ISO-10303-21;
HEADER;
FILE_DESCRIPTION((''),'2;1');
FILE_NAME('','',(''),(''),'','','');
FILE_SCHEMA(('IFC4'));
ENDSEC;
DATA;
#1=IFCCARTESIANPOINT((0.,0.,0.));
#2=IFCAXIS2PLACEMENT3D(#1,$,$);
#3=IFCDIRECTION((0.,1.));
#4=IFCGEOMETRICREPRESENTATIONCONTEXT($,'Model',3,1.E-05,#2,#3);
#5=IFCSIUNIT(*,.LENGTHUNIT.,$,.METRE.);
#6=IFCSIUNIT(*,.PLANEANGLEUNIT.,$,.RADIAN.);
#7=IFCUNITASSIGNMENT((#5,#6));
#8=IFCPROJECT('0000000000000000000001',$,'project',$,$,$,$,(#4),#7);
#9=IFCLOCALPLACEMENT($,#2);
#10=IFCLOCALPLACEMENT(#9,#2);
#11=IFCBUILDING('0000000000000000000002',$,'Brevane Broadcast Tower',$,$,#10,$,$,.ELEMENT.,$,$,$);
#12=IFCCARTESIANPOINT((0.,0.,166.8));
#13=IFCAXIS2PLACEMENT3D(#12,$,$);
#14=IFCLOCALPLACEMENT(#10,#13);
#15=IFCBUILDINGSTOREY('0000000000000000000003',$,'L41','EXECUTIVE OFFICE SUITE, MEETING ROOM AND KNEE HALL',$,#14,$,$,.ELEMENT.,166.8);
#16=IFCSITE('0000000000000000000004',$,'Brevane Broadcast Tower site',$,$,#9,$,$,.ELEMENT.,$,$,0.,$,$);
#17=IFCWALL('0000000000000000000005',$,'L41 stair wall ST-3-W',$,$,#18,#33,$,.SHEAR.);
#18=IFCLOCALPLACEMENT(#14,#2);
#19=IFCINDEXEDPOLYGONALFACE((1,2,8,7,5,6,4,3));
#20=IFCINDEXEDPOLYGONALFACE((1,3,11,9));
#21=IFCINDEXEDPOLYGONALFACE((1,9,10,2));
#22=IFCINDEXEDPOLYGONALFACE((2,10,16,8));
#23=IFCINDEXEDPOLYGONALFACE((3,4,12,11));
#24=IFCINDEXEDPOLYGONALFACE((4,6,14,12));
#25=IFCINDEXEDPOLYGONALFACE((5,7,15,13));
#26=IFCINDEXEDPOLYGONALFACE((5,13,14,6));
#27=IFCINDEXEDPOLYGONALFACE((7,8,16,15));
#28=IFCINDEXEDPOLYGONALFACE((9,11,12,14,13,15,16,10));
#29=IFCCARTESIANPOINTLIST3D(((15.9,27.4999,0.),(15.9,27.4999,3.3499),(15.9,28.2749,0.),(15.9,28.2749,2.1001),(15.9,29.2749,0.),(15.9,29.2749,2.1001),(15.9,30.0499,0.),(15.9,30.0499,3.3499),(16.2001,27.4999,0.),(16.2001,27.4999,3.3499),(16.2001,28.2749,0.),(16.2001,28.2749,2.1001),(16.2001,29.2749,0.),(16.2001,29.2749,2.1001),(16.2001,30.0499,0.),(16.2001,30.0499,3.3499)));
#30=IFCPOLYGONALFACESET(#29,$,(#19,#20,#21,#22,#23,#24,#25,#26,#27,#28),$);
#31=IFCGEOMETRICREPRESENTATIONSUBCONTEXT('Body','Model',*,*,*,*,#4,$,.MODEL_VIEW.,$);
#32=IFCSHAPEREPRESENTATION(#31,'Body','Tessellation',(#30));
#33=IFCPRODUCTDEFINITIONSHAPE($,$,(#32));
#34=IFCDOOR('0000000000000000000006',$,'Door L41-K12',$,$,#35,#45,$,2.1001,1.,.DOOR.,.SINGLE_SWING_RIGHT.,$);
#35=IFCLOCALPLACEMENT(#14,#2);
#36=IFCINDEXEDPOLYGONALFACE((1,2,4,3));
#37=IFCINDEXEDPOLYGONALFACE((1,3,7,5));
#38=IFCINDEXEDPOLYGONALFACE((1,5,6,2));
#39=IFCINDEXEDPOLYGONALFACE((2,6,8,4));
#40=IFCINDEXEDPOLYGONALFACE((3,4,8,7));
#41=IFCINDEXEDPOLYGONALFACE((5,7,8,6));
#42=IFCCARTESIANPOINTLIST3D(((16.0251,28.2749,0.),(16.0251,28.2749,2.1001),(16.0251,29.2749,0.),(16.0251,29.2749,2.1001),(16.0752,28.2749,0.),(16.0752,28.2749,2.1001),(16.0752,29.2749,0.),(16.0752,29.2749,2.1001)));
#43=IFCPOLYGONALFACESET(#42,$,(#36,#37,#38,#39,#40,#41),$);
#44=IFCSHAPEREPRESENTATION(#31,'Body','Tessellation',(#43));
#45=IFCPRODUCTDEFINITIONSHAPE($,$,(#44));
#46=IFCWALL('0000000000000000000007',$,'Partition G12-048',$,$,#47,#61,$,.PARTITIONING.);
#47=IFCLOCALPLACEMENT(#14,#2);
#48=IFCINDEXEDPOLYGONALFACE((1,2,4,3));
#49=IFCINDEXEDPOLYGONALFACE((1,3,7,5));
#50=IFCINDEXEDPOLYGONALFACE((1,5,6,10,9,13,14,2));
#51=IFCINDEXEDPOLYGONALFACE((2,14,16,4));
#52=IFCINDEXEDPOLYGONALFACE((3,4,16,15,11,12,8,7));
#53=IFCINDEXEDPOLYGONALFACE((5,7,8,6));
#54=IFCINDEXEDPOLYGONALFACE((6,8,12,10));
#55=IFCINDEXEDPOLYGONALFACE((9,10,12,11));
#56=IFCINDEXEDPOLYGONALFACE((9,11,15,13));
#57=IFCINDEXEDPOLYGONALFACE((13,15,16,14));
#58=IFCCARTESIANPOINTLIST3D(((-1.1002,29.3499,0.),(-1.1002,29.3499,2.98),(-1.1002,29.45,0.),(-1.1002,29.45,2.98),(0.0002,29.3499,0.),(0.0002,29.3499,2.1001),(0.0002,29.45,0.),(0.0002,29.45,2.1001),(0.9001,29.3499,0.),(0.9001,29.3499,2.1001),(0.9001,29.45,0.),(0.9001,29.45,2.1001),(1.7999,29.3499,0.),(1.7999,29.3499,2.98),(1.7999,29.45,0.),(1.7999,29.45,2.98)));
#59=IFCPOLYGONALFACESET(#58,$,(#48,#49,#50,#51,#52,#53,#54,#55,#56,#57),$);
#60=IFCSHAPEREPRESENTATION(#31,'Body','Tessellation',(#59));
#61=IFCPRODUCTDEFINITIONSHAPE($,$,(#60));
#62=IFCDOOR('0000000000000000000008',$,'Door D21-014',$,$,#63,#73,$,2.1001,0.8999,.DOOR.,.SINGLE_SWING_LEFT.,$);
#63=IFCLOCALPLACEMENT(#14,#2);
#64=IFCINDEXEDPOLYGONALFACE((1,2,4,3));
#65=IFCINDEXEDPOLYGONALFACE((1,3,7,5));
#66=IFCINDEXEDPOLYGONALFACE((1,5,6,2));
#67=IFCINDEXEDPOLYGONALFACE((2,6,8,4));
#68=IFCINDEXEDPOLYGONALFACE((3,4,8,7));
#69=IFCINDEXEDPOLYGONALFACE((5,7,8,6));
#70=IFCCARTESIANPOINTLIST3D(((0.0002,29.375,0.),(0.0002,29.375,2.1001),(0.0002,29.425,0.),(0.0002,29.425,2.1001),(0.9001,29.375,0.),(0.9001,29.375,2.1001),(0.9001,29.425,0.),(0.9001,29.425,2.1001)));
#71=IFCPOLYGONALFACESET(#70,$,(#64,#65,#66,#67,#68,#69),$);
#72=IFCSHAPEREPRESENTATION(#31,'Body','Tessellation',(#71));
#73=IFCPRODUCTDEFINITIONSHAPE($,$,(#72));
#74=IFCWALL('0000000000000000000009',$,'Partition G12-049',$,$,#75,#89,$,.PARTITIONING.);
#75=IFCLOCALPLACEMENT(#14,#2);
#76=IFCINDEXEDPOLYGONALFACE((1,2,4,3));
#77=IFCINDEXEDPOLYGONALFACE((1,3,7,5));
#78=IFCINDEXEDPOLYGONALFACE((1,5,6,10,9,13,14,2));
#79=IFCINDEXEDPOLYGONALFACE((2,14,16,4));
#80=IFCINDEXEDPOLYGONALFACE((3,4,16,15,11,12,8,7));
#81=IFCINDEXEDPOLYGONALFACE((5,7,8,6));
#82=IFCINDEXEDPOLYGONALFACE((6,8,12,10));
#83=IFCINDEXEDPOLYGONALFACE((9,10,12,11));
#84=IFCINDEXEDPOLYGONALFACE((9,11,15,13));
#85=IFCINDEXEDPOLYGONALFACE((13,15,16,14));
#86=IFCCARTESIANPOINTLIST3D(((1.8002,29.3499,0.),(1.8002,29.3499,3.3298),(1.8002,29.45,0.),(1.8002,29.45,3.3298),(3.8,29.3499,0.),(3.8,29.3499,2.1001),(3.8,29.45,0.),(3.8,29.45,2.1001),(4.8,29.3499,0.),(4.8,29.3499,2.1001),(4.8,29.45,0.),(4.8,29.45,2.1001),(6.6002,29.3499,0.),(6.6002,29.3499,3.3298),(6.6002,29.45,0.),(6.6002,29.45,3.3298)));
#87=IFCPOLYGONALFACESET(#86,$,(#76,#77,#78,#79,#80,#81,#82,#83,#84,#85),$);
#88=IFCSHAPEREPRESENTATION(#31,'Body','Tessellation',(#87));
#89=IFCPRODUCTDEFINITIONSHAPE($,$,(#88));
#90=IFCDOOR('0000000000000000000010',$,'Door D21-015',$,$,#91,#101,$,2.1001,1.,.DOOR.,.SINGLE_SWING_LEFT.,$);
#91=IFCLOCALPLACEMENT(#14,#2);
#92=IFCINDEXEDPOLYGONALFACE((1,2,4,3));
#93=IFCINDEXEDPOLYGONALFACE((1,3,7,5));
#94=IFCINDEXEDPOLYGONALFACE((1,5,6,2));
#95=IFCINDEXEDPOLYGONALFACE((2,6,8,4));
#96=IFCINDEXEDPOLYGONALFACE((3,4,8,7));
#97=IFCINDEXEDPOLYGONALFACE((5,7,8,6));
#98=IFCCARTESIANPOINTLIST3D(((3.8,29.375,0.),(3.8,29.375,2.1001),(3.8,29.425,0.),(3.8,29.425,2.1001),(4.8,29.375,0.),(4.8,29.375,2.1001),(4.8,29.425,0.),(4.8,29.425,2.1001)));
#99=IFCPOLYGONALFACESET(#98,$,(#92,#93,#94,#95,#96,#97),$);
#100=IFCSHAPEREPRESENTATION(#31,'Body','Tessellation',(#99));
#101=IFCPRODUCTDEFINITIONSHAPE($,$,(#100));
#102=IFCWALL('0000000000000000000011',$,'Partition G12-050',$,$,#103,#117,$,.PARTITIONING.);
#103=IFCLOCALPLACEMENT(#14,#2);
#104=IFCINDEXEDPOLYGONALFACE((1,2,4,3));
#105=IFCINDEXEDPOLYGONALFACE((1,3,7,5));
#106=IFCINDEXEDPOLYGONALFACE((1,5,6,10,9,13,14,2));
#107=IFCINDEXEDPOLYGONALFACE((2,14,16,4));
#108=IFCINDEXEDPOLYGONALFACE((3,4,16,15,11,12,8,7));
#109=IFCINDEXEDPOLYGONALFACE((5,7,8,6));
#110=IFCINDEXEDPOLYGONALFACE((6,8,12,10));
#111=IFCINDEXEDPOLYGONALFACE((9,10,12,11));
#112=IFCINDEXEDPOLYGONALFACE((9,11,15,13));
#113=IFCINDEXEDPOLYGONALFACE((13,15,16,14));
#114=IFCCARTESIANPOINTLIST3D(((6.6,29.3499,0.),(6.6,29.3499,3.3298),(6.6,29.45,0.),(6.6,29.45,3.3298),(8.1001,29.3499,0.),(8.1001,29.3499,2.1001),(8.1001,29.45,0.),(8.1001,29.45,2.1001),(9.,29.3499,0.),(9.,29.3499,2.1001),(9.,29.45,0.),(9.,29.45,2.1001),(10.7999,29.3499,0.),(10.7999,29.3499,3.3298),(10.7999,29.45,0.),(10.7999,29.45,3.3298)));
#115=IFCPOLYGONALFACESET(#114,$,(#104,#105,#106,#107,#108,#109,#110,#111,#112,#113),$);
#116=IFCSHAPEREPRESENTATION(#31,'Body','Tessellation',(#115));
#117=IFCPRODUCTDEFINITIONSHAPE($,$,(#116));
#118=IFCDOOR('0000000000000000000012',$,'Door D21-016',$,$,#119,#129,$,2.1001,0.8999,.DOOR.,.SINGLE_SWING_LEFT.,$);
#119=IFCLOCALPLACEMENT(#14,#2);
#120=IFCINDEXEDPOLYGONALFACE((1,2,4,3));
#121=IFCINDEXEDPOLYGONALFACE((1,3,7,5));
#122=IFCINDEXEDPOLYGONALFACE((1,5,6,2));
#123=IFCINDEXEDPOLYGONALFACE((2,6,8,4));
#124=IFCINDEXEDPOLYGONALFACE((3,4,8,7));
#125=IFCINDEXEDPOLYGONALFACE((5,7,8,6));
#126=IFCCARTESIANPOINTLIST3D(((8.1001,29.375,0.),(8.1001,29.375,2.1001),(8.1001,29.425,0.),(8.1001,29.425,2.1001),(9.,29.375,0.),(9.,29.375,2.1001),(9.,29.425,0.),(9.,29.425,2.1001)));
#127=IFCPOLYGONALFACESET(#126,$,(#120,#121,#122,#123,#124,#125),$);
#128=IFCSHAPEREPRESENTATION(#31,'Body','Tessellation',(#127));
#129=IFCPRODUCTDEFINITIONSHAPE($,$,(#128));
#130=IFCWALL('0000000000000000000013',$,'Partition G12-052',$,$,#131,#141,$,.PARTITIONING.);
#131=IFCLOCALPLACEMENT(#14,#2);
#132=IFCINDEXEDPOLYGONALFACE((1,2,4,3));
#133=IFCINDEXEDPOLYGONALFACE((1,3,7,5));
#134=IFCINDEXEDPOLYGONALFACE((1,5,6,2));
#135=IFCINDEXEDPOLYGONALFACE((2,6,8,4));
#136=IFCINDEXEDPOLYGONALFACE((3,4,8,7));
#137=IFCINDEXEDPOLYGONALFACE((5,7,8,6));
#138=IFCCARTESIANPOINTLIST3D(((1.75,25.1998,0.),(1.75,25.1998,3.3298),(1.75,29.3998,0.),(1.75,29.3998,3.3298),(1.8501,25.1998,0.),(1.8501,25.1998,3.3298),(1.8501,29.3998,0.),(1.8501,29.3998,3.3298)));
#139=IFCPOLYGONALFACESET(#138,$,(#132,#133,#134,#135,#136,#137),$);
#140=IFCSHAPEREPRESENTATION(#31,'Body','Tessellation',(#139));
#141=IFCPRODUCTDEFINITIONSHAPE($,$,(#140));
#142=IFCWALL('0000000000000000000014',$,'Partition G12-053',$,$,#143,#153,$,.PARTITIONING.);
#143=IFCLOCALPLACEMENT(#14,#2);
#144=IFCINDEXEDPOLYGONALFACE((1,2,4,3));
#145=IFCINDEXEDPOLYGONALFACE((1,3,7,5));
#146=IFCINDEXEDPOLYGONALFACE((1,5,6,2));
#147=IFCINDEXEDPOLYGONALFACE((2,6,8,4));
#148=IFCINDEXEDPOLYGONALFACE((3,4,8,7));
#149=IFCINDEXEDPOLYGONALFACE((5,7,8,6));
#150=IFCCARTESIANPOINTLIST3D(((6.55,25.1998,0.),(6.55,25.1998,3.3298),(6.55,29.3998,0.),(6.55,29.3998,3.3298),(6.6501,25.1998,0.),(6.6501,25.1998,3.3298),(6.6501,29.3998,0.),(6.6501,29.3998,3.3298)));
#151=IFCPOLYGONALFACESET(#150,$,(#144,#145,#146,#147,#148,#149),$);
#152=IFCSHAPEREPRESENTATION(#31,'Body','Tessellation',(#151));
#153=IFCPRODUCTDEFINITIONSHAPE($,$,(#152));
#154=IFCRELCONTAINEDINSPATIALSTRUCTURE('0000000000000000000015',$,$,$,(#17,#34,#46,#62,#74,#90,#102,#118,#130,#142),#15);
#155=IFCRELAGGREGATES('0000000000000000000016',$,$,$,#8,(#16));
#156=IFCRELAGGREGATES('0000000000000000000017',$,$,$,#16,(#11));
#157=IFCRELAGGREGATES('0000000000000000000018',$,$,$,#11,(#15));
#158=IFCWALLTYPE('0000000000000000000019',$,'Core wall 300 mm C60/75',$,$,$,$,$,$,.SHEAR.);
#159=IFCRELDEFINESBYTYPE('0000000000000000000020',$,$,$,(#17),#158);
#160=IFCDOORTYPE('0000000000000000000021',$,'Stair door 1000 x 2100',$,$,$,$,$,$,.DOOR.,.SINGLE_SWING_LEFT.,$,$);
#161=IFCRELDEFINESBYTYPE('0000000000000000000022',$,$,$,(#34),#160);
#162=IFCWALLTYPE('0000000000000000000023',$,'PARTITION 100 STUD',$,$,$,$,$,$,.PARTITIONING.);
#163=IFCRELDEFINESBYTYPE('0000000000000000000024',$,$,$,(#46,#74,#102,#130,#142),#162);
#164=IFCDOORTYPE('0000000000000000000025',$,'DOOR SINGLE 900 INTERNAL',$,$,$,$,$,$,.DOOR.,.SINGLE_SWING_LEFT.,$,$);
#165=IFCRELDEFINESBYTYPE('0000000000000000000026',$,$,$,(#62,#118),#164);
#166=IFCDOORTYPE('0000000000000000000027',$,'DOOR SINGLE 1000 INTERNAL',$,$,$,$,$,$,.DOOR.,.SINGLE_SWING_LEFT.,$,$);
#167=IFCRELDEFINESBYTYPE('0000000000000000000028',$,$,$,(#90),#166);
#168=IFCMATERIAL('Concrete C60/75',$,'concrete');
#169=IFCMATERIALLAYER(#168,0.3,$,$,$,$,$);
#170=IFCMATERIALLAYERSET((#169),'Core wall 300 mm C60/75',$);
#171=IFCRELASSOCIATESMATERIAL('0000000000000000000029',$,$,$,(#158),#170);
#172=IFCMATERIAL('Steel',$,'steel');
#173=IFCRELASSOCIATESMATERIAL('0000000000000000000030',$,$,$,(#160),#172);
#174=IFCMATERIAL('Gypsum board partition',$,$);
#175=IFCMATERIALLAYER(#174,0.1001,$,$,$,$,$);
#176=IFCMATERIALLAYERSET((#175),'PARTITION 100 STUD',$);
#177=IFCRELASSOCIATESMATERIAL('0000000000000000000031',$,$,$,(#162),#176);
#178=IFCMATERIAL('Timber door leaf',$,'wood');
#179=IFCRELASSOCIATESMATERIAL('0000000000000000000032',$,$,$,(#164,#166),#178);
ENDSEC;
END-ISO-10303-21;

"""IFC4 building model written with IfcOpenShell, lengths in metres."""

from ifc_helpers import new_model, si_unit, direction, frame, frame_2d, origin, place, context, subcontext, project, spatial, rectangle, extrude, material, layer, layer_set, type_object, element, fill, save


model = new_model("IFC4")

# Units and contexts
model_context = context("Model", 3, precision=1e-05, world=origin(), true_north=direction((0.0, 1.0)))
body_context = subcontext(model_context, "Body", "Model", "MODEL_VIEW")
ifc_project = project(units=[si_unit("LENGTHUNIT", "METRE"), si_unit("PLANEANGLEUNIT", "RADIAN")], contexts=[model_context])

# Site, building, storey
site_placement = place(None, origin())
site = spatial("IfcSite", under=ifc_project, at=site_placement, Name="Brevane Broadcast Tower site", CompositionType="ELEMENT", RefElevation=0.0)
building_placement = place(site_placement, origin())
building = spatial("IfcBuilding", under=site, at=building_placement, Name="Brevane Broadcast Tower", CompositionType="ELEMENT")
storey_placement = place(building_placement, frame((0.0, 0.0, 166.8)))
storey = spatial("IfcBuildingStorey", under=building, at=storey_placement, Name="L41", Description="EXECUTIVE OFFICE SUITE, MEETING ROOM AND KNEE HALL", CompositionType="ELEMENT", Elevation=166.8)

# Shared definitions
ifc_material_1 = material(Name="Concrete C60/75", Category="concrete")

# Shared definitions
ifc_layer_1 = layer(ifc_material_1, 0.3)
ifc_layer_set_1 = layer_set([ifc_layer_1], Name="Core wall 300 mm C60/75")
wall_type_1 = type_object("IfcWallType", Name="Core wall 300 mm C60/75", PredefinedType="SHEAR", material=ifc_layer_set_1)

# Walls, openings, doors
wall_1_placement = place(storey_placement, frame((16.05, 27.5, 0.0), z_axis=(0.0, 0.0, 1.0), x_axis=(0.0, 1.0, 0.0)))
wall_1 = element("IfcWall", 1, at=wall_1_placement, inside=storey, type_object=wall_type_1, Name="L41 stair wall ST-3-W", PredefinedType="SHEAR", context=body_context, shape_type="SweptSolid", body=[
    extrude(rectangle(XDim=2.55, YDim=0.3, at=frame_2d((1.2749, 0.0))), origin(), (0.0, 0.0, 1.0), 3.3499),
])
opening_1_placement = place(wall_1_placement, frame((0.7749, 0.0, 0.0)))
opening_1 = element("IfcOpeningElement", 2, at=opening_1_placement, cuts=wall_1, PredefinedType="OPENING", context=body_context, shape_type="SweptSolid", body=[
    extrude(rectangle(XDim=1.0, YDim=2.1001, at=frame_2d((0.5, 1.05))), frame((0.0, 0.1599, 0.0), z_axis=(0.0, -1.0, 0.0), x_axis=(1.0, 0.0, 0.0)), (0.0, 0.0, 1.0), 0.3201),
])
ifc_material_2 = material(Name="Steel", Category="steel")
door_type_1 = type_object("IfcDoorType", Name="Stair door 1000 x 2100", OperationType="SINGLE_SWING_LEFT", PredefinedType="DOOR", material=ifc_material_2)
door_1_placement = place(opening_1_placement, origin())
door_1 = element("IfcDoor", 3, at=door_1_placement, inside=storey, type_object=door_type_1, Name="Door L41-K12", OperationType="SINGLE_SWING_RIGHT", OverallHeight=2.1001, OverallWidth=1.0, PredefinedType="DOOR", context=body_context, shape_type="SweptSolid", body=[
    extrude(rectangle(XDim=1.0, YDim=2.1001, at=frame_2d((0.5, 1.05))), frame((0.0, 0.0249, 0.0), z_axis=(0.0, -1.0, 0.0), x_axis=(1.0, 0.0, 0.0)), (0.0, 0.0, 1.0), 0.05),
])
fill(opening_1, door_1)
ifc_material_3 = material(Name="Gypsum board partition")
ifc_layer_2 = layer(ifc_material_3, 0.1001)
ifc_layer_set_2 = layer_set([ifc_layer_2], Name="PARTITION 100 STUD")
wall_type_2 = type_object("IfcWallType", Name="PARTITION 100 STUD", PredefinedType="PARTITIONING", material=ifc_layer_set_2)
wall_2_placement = place(storey_placement, frame((1.8, 29.3999, 0.0), z_axis=(0.0, 0.0, 1.0), x_axis=(-1.0, 0.0, 0.0)))
wall_2 = element("IfcWall", 4, at=wall_2_placement, inside=storey, type_object=wall_type_2, Name="Partition G12-048", PredefinedType="PARTITIONING", context=body_context, shape_type="SweptSolid", body=[
    extrude(rectangle(XDim=2.9001, YDim=0.1001, at=frame_2d((1.4502, 0.0))), origin(), (0.0, 0.0, 1.0), 2.98),
])
opening_2_placement = place(wall_2_placement, frame((0.8999, 0.0, 0.0)))
opening_2 = element("IfcOpeningElement", 5, at=opening_2_placement, cuts=wall_2, PredefinedType="OPENING", context=body_context, shape_type="SweptSolid", body=[
    extrude(rectangle(XDim=0.8999, YDim=2.1001, at=frame_2d((0.45, 1.05))), frame((0.0, 0.0601, 0.0), z_axis=(0.0, -1.0, 0.0), x_axis=(1.0, 0.0, 0.0)), (0.0, 0.0, 1.0), 0.1201),
])
ifc_material_4 = material(Name="Timber door leaf", Category="wood")
door_type_2 = type_object("IfcDoorType", Name="DOOR SINGLE 900 INTERNAL", OperationType="SINGLE_SWING_LEFT", PredefinedType="DOOR", material=ifc_material_4)
door_2_placement = place(opening_2_placement, origin())
door_2 = element("IfcDoor", 6, at=door_2_placement, inside=storey, type_object=door_type_2, Name="Door D21-014", OperationType="SINGLE_SWING_LEFT", OverallHeight=2.1001, OverallWidth=0.8999, PredefinedType="DOOR", context=body_context, shape_type="SweptSolid", body=[
    extrude(rectangle(XDim=0.8999, YDim=2.1001, at=frame_2d((0.45, 1.05))), frame((0.0, 0.0249, 0.0), z_axis=(0.0, -1.0, 0.0), x_axis=(1.0, 0.0, 0.0)), (0.0, 0.0, 1.0), 0.05),
])
fill(opening_2, door_2)
wall_3_placement = place(storey_placement, frame((6.6001, 29.3999, 0.0), z_axis=(0.0, 0.0, 1.0), x_axis=(-1.0, 0.0, 0.0)))
wall_3 = element("IfcWall", 7, at=wall_3_placement, inside=storey, type_object=wall_type_2, Name="Partition G12-049", PredefinedType="PARTITIONING", context=body_context, shape_type="SweptSolid", body=[
    extrude(rectangle(XDim=4.8, YDim=0.1001, at=frame_2d((2.3999, 0.0))), origin(), (0.0, 0.0, 1.0), 3.3298),
])
opening_3_placement = place(wall_3_placement, frame((1.8, 0.0, 0.0)))
opening_3 = element("IfcOpeningElement", 8, at=opening_3_placement, cuts=wall_3, PredefinedType="OPENING", context=body_context, shape_type="SweptSolid", body=[
    extrude(rectangle(XDim=1.0, YDim=2.1001, at=frame_2d((0.5, 1.05))), frame((0.0, 0.0601, 0.0), z_axis=(0.0, -1.0, 0.0), x_axis=(1.0, 0.0, 0.0)), (0.0, 0.0, 1.0), 0.1201),
])
door_type_3 = type_object("IfcDoorType", Name="DOOR SINGLE 1000 INTERNAL", OperationType="SINGLE_SWING_LEFT", PredefinedType="DOOR", material=ifc_material_4)
door_3_placement = place(opening_3_placement, origin())
door_3 = element("IfcDoor", 9, at=door_3_placement, inside=storey, type_object=door_type_3, Name="Door D21-015", OperationType="SINGLE_SWING_LEFT", OverallHeight=2.1001, OverallWidth=1.0, PredefinedType="DOOR", context=body_context, shape_type="SweptSolid", body=[
    extrude(rectangle(XDim=1.0, YDim=2.1001, at=frame_2d((0.5, 1.05))), frame((0.0, 0.0249, 0.0), z_axis=(0.0, -1.0, 0.0), x_axis=(1.0, 0.0, 0.0)), (0.0, 0.0, 1.0), 0.05),
])
fill(opening_3, door_3)
wall_4_placement = place(storey_placement, frame((10.8, 29.3999, 0.0), z_axis=(0.0, 0.0, 1.0), x_axis=(-1.0, 0.0, 0.0)))
wall_4 = element("IfcWall", 10, at=wall_4_placement, inside=storey, type_object=wall_type_2, Name="Partition G12-050", PredefinedType="PARTITIONING", context=body_context, shape_type="SweptSolid", body=[
    extrude(rectangle(XDim=4.2, YDim=0.1001, at=frame_2d((2.1001, 0.0))), origin(), (0.0, 0.0, 1.0), 3.3298),
])
opening_4_placement = place(wall_4_placement, frame((1.8, 0.0, 0.0)))
opening_4 = element("IfcOpeningElement", 11, at=opening_4_placement, cuts=wall_4, PredefinedType="OPENING", context=body_context, shape_type="SweptSolid", body=[
    extrude(rectangle(XDim=0.8999, YDim=2.1001, at=frame_2d((0.45, 1.05))), frame((0.0, 0.0601, 0.0), z_axis=(0.0, -1.0, 0.0), x_axis=(1.0, 0.0, 0.0)), (0.0, 0.0, 1.0), 0.1201),
])
door_4_placement = place(opening_4_placement, origin())
door_4 = element("IfcDoor", 12, at=door_4_placement, inside=storey, type_object=door_type_2, Name="Door D21-016", OperationType="SINGLE_SWING_LEFT", OverallHeight=2.1001, OverallWidth=0.8999, PredefinedType="DOOR", context=body_context, shape_type="SweptSolid", body=[
    extrude(rectangle(XDim=0.8999, YDim=2.1001, at=frame_2d((0.45, 1.05))), frame((0.0, 0.0249, 0.0), z_axis=(0.0, -1.0, 0.0), x_axis=(1.0, 0.0, 0.0)), (0.0, 0.0, 1.0), 0.05),
])
fill(opening_4, door_4)

# Walls
for number, where, z_axis, x_axis, name in (
    (13, (1.8, 29.3999, 0.0), (0.0, 0.0, 1.0), (0.0, -1.0, 0.0), "Partition G12-052"),
    (14, (6.6001, 29.3999, 0.0), (0.0, 0.0, 1.0), (0.0, -1.0, 0.0), "Partition G12-053"),
):
    element("IfcWall", number, at=place(storey_placement, frame(where, z_axis=z_axis, x_axis=x_axis)), inside=storey, type_object=wall_type_2, Name=name, PredefinedType="PARTITIONING", context=body_context, shape_type="SweptSolid", body=[
        extrude(rectangle(XDim=4.2, YDim=0.1001, at=frame_2d((2.1001, 0.0))), origin(), (0.0, 0.0, 1.0), 3.3298),
    ])

save(model, "model.ifc")
